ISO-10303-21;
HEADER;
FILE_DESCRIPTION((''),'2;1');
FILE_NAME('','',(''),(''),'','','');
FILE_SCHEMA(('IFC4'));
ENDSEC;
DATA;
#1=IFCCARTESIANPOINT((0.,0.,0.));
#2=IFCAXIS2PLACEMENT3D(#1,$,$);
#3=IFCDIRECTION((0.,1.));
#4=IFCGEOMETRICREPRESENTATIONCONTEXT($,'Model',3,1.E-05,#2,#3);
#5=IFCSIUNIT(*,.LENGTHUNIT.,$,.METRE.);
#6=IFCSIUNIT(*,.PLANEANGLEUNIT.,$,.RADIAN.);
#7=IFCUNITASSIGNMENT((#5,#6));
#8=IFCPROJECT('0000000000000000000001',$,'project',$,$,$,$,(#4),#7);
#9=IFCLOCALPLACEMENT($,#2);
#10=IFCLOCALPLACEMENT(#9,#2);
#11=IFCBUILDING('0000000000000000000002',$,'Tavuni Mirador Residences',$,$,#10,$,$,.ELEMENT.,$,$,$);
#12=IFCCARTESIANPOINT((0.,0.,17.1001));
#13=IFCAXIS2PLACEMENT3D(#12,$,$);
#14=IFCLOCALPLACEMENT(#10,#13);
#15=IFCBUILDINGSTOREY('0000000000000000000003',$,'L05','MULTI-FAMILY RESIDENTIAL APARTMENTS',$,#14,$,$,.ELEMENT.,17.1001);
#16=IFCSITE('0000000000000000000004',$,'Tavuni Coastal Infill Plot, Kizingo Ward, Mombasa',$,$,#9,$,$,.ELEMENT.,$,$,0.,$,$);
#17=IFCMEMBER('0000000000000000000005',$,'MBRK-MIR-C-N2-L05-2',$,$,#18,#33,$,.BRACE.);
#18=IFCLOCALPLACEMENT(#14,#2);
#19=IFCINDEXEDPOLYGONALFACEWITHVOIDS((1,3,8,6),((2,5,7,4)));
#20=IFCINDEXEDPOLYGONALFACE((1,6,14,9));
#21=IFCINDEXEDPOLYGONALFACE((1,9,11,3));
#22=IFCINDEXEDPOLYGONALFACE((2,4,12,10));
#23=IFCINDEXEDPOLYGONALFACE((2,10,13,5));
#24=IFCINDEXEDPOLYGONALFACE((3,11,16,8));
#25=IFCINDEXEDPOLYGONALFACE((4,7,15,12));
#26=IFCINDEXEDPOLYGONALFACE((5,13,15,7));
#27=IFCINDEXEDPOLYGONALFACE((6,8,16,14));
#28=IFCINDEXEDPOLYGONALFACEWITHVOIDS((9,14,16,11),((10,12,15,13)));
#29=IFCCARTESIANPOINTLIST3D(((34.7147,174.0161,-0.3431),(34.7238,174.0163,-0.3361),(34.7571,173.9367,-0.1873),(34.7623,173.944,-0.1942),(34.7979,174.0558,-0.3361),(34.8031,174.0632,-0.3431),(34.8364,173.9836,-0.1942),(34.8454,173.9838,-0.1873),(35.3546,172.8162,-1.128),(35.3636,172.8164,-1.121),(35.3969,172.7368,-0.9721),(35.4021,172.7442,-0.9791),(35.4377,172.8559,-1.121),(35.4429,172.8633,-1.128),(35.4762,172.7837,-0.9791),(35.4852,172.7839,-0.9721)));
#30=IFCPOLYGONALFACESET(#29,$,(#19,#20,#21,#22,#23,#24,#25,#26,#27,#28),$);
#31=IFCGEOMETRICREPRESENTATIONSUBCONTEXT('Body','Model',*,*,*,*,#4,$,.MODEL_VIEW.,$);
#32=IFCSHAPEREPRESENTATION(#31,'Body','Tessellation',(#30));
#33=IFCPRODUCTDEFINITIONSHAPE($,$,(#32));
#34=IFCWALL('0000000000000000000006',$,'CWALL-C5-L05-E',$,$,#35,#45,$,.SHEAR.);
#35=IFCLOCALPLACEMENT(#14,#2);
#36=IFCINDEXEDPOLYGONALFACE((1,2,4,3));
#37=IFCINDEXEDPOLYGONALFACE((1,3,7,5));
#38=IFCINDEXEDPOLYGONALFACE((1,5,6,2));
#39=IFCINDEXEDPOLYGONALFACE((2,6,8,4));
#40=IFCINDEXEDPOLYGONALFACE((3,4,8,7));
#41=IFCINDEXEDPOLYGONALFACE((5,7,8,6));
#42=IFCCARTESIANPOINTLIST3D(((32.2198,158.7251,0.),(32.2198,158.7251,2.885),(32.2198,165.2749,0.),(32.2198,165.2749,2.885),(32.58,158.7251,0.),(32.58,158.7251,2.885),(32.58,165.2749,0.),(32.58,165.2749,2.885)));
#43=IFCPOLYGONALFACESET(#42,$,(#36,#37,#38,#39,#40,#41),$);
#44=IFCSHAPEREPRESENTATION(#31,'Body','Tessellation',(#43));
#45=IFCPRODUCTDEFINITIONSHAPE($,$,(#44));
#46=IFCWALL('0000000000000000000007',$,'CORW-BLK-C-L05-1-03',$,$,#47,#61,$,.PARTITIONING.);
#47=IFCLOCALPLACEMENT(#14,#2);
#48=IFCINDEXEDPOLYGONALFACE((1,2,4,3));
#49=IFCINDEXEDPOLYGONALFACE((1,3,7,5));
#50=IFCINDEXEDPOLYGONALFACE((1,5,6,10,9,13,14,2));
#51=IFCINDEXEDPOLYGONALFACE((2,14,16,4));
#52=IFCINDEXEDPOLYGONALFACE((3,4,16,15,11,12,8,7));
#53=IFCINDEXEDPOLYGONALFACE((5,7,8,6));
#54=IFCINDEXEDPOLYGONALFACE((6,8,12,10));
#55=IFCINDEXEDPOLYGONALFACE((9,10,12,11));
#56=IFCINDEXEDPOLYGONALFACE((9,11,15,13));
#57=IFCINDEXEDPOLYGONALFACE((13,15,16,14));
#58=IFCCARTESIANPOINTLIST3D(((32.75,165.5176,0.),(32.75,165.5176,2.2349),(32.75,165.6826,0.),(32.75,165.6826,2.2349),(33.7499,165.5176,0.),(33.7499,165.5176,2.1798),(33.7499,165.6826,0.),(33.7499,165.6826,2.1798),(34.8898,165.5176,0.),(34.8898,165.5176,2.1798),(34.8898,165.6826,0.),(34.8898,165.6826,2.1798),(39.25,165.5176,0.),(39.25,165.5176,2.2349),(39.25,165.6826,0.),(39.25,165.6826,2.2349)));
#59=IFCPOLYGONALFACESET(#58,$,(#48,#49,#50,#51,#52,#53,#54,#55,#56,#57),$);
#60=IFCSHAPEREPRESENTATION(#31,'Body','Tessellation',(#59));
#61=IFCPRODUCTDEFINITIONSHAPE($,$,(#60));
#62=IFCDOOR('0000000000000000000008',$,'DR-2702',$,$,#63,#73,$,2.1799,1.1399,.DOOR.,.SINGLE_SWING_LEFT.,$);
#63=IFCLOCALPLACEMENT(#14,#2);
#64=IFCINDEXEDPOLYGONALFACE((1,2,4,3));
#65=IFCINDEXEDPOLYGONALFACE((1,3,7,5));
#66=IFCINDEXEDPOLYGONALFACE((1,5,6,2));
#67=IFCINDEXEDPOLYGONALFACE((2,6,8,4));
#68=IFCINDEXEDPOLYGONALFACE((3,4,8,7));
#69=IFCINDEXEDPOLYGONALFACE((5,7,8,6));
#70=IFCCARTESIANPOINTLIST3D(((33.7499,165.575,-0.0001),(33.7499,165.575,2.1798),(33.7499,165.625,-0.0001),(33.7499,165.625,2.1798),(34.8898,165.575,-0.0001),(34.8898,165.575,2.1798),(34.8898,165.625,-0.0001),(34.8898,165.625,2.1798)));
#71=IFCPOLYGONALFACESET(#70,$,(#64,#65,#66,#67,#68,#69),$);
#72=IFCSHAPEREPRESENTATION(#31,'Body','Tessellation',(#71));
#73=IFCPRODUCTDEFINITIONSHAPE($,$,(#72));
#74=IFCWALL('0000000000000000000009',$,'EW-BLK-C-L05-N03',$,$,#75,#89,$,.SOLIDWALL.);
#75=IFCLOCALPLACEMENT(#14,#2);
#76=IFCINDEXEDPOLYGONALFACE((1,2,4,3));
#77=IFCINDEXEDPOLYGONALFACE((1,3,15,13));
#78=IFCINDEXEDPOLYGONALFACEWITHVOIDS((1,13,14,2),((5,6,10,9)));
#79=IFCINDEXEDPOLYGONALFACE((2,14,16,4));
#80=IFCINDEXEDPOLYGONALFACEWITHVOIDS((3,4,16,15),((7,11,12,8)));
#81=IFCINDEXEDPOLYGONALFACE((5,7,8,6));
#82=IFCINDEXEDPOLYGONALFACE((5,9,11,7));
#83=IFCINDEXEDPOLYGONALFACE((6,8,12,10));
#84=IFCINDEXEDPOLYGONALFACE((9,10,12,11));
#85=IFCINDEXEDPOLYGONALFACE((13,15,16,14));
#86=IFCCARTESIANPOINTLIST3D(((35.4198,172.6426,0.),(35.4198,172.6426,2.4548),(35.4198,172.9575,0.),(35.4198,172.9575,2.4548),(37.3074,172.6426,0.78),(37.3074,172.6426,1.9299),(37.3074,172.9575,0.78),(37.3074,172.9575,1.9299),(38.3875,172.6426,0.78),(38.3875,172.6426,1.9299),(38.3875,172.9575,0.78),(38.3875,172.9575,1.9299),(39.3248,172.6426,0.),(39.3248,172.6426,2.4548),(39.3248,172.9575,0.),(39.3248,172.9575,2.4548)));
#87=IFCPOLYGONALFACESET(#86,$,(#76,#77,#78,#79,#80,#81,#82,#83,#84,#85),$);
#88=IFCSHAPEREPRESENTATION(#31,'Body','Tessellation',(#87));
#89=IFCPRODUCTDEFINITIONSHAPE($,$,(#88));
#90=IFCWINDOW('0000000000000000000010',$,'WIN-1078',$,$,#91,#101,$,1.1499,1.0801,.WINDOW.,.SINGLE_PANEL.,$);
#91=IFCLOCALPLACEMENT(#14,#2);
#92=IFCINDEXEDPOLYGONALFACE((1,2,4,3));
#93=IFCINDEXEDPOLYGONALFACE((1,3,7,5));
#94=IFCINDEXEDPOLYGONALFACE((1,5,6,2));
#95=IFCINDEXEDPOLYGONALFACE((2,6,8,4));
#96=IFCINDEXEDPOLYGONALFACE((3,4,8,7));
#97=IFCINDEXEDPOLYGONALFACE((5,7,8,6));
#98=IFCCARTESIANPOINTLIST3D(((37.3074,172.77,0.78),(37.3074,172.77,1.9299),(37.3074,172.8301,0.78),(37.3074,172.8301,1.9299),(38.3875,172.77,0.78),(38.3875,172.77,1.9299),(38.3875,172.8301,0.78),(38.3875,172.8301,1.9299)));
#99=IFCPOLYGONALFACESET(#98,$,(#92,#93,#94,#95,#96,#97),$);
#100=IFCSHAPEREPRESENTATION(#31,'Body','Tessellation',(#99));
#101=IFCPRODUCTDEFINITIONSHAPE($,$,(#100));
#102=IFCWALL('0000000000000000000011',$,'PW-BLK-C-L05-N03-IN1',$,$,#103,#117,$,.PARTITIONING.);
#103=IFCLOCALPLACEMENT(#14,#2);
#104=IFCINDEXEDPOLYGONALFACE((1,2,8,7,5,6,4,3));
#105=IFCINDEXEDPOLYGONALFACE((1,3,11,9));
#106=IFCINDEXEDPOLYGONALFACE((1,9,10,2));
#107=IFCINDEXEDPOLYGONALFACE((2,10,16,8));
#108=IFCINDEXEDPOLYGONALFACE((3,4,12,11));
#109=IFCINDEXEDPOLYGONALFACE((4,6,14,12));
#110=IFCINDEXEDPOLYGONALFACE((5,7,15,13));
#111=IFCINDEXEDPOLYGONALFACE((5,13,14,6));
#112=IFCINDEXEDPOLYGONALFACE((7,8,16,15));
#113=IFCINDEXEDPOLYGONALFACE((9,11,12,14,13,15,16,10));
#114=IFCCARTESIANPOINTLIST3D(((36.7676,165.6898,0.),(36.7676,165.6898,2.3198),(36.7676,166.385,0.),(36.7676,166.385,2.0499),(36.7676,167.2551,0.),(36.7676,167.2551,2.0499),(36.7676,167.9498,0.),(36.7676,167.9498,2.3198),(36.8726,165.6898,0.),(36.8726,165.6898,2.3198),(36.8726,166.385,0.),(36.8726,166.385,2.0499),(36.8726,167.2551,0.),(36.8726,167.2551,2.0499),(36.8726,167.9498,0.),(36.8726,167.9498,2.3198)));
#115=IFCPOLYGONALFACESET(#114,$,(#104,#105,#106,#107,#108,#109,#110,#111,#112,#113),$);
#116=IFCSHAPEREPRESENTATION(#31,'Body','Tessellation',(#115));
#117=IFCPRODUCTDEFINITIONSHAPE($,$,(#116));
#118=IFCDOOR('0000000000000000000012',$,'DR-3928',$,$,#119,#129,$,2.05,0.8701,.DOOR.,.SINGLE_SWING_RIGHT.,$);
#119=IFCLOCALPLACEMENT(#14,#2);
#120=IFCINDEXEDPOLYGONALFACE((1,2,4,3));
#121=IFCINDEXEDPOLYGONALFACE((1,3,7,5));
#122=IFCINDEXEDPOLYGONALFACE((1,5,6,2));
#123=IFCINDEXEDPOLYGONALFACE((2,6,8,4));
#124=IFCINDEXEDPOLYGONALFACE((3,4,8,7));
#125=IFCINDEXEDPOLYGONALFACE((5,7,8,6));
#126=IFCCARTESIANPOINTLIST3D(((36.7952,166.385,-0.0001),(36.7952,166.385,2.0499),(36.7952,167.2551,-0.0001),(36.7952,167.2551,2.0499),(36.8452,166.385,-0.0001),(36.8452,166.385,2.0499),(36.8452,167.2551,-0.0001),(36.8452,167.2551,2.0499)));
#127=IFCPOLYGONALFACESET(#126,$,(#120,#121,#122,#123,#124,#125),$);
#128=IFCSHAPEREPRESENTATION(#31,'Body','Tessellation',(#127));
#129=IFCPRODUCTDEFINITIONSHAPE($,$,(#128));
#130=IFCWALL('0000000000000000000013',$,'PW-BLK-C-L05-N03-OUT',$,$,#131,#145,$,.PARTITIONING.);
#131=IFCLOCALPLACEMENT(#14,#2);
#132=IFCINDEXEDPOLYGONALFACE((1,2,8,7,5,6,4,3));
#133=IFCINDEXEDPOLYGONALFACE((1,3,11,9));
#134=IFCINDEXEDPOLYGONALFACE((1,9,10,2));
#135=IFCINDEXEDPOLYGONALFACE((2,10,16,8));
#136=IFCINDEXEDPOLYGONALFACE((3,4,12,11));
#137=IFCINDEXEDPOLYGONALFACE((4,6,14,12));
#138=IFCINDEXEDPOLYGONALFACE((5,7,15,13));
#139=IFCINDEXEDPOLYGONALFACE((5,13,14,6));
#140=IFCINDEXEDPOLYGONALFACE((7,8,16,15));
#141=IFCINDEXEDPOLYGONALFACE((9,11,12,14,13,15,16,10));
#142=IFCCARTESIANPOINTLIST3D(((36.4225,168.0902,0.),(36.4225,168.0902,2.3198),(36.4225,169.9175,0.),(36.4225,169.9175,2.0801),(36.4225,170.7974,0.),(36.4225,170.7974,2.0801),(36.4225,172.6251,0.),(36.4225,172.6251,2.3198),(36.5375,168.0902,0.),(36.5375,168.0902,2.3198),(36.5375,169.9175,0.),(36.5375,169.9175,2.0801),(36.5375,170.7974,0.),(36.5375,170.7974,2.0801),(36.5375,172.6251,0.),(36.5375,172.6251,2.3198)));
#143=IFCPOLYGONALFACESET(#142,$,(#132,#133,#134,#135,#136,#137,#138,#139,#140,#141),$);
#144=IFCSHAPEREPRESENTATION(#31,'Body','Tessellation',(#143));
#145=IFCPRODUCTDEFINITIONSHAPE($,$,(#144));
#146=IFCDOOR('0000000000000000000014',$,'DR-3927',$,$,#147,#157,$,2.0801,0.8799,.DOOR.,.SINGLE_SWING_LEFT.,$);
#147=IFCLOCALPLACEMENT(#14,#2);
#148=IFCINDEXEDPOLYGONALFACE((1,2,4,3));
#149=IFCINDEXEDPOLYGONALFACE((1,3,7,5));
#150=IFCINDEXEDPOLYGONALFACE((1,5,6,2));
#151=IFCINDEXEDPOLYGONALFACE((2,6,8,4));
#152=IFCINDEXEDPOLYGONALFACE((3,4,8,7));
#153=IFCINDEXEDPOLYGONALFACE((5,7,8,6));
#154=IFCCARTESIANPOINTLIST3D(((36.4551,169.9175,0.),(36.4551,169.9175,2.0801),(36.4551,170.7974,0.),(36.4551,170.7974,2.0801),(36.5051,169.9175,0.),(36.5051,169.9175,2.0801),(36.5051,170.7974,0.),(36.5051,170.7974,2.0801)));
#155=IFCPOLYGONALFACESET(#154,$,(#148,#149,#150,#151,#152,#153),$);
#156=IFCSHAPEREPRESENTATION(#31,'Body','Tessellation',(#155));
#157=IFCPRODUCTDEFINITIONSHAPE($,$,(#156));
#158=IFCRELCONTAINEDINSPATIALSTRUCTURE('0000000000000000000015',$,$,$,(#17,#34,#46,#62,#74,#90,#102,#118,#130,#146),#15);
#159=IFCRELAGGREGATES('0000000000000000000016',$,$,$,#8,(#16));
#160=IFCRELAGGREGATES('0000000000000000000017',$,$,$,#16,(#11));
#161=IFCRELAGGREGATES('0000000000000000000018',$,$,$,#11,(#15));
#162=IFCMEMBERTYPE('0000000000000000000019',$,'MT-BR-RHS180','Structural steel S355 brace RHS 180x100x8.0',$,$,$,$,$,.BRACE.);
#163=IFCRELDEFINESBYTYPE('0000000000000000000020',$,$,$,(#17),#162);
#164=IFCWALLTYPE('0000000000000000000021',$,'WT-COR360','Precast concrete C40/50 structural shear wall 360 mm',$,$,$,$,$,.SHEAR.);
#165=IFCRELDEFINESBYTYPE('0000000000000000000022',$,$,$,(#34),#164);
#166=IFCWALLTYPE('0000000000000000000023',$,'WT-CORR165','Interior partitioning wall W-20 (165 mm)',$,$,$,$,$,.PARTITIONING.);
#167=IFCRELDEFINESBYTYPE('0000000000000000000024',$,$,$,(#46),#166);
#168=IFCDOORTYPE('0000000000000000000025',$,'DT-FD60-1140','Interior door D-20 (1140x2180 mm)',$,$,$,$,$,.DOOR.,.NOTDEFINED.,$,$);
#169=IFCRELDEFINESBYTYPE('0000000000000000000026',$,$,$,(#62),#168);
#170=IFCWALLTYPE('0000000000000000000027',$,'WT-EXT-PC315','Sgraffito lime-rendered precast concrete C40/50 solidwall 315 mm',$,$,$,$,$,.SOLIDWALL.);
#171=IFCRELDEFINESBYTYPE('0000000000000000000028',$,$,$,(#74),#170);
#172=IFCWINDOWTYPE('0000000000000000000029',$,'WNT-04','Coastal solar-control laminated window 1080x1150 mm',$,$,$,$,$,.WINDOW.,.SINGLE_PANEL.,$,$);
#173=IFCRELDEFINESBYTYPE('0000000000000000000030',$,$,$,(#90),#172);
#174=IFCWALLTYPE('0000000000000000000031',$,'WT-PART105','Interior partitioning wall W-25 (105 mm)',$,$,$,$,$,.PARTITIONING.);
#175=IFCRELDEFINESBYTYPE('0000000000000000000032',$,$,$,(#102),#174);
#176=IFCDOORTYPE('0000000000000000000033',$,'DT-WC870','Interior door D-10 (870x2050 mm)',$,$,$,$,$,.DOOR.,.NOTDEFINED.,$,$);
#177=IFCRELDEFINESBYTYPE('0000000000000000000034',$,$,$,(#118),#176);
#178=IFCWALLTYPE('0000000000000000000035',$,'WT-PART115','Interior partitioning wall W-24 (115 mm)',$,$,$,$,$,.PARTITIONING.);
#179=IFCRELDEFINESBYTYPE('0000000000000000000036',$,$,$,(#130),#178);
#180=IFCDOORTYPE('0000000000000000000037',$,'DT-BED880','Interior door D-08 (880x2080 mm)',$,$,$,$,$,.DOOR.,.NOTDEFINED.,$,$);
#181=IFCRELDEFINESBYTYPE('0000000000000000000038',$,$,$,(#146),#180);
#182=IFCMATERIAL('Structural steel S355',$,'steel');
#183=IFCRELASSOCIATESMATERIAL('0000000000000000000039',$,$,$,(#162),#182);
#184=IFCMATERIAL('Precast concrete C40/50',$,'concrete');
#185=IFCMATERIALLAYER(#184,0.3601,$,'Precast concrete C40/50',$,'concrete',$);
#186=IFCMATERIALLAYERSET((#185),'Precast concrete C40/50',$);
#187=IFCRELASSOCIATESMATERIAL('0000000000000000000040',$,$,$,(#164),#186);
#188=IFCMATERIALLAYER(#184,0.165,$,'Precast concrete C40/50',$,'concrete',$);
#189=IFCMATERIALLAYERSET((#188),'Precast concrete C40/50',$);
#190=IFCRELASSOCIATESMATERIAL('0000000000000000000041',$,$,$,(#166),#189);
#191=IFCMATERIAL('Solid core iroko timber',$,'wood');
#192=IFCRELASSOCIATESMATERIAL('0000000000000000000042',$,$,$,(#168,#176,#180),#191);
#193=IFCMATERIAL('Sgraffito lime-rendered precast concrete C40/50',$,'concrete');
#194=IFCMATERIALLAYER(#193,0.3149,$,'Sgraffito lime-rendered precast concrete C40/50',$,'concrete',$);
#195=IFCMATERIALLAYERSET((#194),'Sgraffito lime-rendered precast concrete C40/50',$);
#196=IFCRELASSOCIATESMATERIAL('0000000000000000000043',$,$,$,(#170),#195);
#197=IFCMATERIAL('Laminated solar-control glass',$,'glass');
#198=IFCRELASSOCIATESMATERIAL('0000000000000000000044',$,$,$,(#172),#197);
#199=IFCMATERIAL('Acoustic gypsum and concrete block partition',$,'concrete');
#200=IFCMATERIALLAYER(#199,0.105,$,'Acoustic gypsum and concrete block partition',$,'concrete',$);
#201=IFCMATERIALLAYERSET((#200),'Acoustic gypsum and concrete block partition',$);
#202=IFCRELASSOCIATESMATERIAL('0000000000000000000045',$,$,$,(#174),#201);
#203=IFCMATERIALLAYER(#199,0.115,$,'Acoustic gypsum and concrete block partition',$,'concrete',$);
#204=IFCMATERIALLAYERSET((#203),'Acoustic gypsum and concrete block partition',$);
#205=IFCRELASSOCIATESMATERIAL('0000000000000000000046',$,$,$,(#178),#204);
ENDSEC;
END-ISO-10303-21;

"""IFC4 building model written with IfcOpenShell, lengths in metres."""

from ifc_helpers import new_model, si_unit, direction, frame, frame_2d, origin, origin_2d, place, context, subcontext, project, spatial, rectangle, hollow_rectangle, extrude, material, layer, layer_set, material_profile, profile_set, type_object, element, fill, save


model = new_model("IFC4")

# Units and contexts
model_context = context("Model", 3, precision=1e-05, world=origin(), true_north=direction((0.0, 1.0)))
body_context = subcontext(model_context, "Body", "Model", "MODEL_VIEW")
ifc_project = project(units=[si_unit("LENGTHUNIT", "METRE"), si_unit("PLANEANGLEUNIT", "RADIAN")], contexts=[model_context])

# Site, building, storey
site_placement = place(None, origin())
site = spatial("IfcSite", under=ifc_project, at=site_placement, Name="Tavuni Coastal Infill Plot, Kizingo Ward, Mombasa", CompositionType="ELEMENT", RefElevation=0.0)
building_placement = place(site_placement, origin())
building = spatial("IfcBuilding", under=site, at=building_placement, Name="Tavuni Mirador Residences", CompositionType="ELEMENT")
storey_placement = place(building_placement, frame((0.0, 0.0, 17.1001)))
storey = spatial("IfcBuildingStorey", under=building, at=storey_placement, Name="L05", Description="MULTI-FAMILY RESIDENTIAL APARTMENTS", CompositionType="ELEMENT", Elevation=17.1001)

# Shared definitions
ifc_material_1 = material(Name="Precast concrete C40/50", Category="concrete")

# Member
ifc_material_2 = material(Name="Structural steel S355", Category="steel")
ifc_material_profile_1 = material_profile(ifc_material_2, hollow_rectangle(XDim=0.1001, YDim=0.1799, WallThickness=0.0081, at=origin_2d()), Name="RHS 180x100x8.0", Category="steel")
ifc_profile_set_1 = profile_set([ifc_material_profile_1], Name="Structural steel S355")
member_type_1 = type_object("IfcMemberType", Name="MT-BR-RHS180", Description="Structural steel S355 brace RHS 180x100x8.0", PredefinedType="BRACE", material=ifc_profile_set_1)
member_1_placement = place(storey_placement, frame((35.4199, 172.8, -1.05), z_axis=(-0.407531, 0.764218, 0.49989), x_axis=(-0.882378, -0.470542, 0.0)))
element("IfcMember", 1, at=member_1_placement, inside=storey, type_object=member_type_1, Name="MBRK-MIR-C-N2-L05-2", PredefinedType="BRACE", context=body_context, shape_type="SweptSolid", body=[
    extrude(hollow_rectangle(XDim=0.1001, YDim=0.1799, WallThickness=0.0081, at=origin_2d()), origin(), (0.0, 0.0, 1.0), 1.5701),
])

# Wall
ifc_layer_1 = layer(ifc_material_1, 0.3601, Name="Precast concrete C40/50", Category="concrete")
ifc_layer_set_1 = layer_set([ifc_layer_1], Name="Precast concrete C40/50")
wall_type_1 = type_object("IfcWallType", Name="WT-COR360", Description="Precast concrete C40/50 structural shear wall 360 mm", PredefinedType="SHEAR", material=ifc_layer_set_1)
wall_1_placement = place(storey_placement, frame((32.3999, 158.7251, 0.0), z_axis=(0.0, 0.0, 1.0), x_axis=(0.0, 1.0, 0.0)))
element("IfcWall", 2, at=wall_1_placement, inside=storey, type_object=wall_type_1, Name="CWALL-C5-L05-E", PredefinedType="SHEAR", context=body_context, shape_type="SweptSolid", body=[
    extrude(rectangle(XDim=6.5498, YDim=0.3601, at=frame_2d((3.2749, 0.0))), origin(), (0.0, 0.0, 1.0), 2.885),
])

# Wall, opening, door
ifc_layer_2 = layer(ifc_material_1, 0.165, Name="Precast concrete C40/50", Category="concrete")
ifc_layer_set_2 = layer_set([ifc_layer_2], Name="Precast concrete C40/50")
wall_type_2 = type_object("IfcWallType", Name="WT-CORR165", Description="Interior partitioning wall W-20 (165 mm)", PredefinedType="PARTITIONING", material=ifc_layer_set_2)
wall_2_placement = place(storey_placement, frame((32.75, 165.6001, 0.0), z_axis=(0.0, 0.0, 1.0), x_axis=(1.0, 0.0, 0.0)))
wall_2 = element("IfcWall", 3, at=wall_2_placement, inside=storey, type_object=wall_type_2, Name="CORW-BLK-C-L05-1-03", PredefinedType="PARTITIONING", context=body_context, shape_type="SweptSolid", body=[
    extrude(rectangle(XDim=6.5, YDim=0.165, at=frame_2d((3.25, 0.0))), origin(), (0.0, 0.0, 1.0), 2.2349),
])
opening_1_placement = place(wall_2_placement, frame((1.0, 0.0, 0.0)))
opening_1 = element("IfcOpeningElement", 4, at=opening_1_placement, cuts=wall_2, PredefinedType="OPENING", context=body_context, shape_type="SweptSolid", body=[
    extrude(rectangle(XDim=1.1399, YDim=2.1799, at=frame_2d((0.5698, 1.0898))), frame((0.0, 0.0925, 0.0), z_axis=(0.0, -1.0, 0.0), x_axis=(1.0, 0.0, 0.0)), (0.0, 0.0, 1.0), 0.1851),
])
ifc_material_3 = material(Name="Solid core iroko timber", Category="wood")
door_type_1 = type_object("IfcDoorType", Name="DT-FD60-1140", Description="Interior door D-20 (1140x2180 mm)", OperationType="NOTDEFINED", PredefinedType="DOOR", material=ifc_material_3)
door_1_placement = place(opening_1_placement, origin())
door_1 = element("IfcDoor", 5, at=door_1_placement, inside=storey, type_object=door_type_1, Name="DR-2702", OperationType="SINGLE_SWING_LEFT", OverallHeight=2.1799, OverallWidth=1.1399, PredefinedType="DOOR", context=body_context, shape_type="SweptSolid", body=[
    extrude(rectangle(XDim=1.1399, YDim=2.1799, at=frame_2d((0.5698, 1.0898))), frame((0.0, 0.0249, 0.0), z_axis=(0.0, -1.0, 0.0), x_axis=(1.0, 0.0, 0.0)), (0.0, 0.0, 1.0), 0.05),
])
fill(opening_1, door_1)

# Wall, opening, window
ifc_material_4 = material(Name="Sgraffito lime-rendered precast concrete C40/50", Category="concrete")
ifc_layer_3 = layer(ifc_material_4, 0.3149, Name="Sgraffito lime-rendered precast concrete C40/50", Category="concrete")
ifc_layer_set_3 = layer_set([ifc_layer_3], Name="Sgraffito lime-rendered precast concrete C40/50")
wall_type_3 = type_object("IfcWallType", Name="WT-EXT-PC315", Description="Sgraffito lime-rendered precast concrete C40/50 solidwall 315 mm", PredefinedType="SOLIDWALL", material=ifc_layer_set_3)
wall_3_placement = place(storey_placement, frame((39.325, 172.8, 0.0), z_axis=(0.0, 0.0, 1.0), x_axis=(-1.0, 0.0, 0.0)))
wall_3 = element("IfcWall", 6, at=wall_3_placement, inside=storey, type_object=wall_type_3, Name="EW-BLK-C-L05-N03", PredefinedType="SOLIDWALL", context=body_context, shape_type="SweptSolid", body=[
    extrude(rectangle(XDim=3.905, YDim=0.3149, at=frame_2d((1.9526, 0.0))), origin(), (0.0, 0.0, 1.0), 2.4548),
])
opening_2_placement = place(wall_3_placement, frame((0.9375, 0.0, 0.78)))
opening_2 = element("IfcOpeningElement", 7, at=opening_2_placement, cuts=wall_3, PredefinedType="OPENING", context=body_context, shape_type="SweptSolid", body=[
    extrude(rectangle(XDim=1.0801, YDim=1.1499, at=frame_2d((0.54, 0.575))), frame((0.0, 0.1675, 0.0), z_axis=(0.0, -1.0, 0.0), x_axis=(1.0, 0.0, 0.0)), (0.0, 0.0, 1.0), 0.335),
])
ifc_material_5 = material(Name="Laminated solar-control glass", Category="glass")
window_type = type_object("IfcWindowType", Name="WNT-04", Description="Coastal solar-control laminated window 1080x1150 mm", PartitioningType="SINGLE_PANEL", PredefinedType="WINDOW", material=ifc_material_5)
window_placement = place(opening_2_placement, origin())
window = element("IfcWindow", 8, at=window_placement, inside=storey, type_object=window_type, Name="WIN-1078", OverallHeight=1.1499, OverallWidth=1.0801, PartitioningType="SINGLE_PANEL", PredefinedType="WINDOW", context=body_context, shape_type="SweptSolid", body=[
    extrude(rectangle(XDim=1.0801, YDim=1.1499, at=frame_2d((0.54, 0.575))), frame((0.0, 0.03, 0.0), z_axis=(0.0, -1.0, 0.0), x_axis=(1.0, 0.0, 0.0)), (0.0, 0.0, 1.0), 0.0601),
])
fill(opening_2, window)

# Walls, openings, doors
ifc_material_6 = material(Name="Acoustic gypsum and concrete block partition", Category="concrete")
ifc_layer_4 = layer(ifc_material_6, 0.105, Name="Acoustic gypsum and concrete block partition", Category="concrete")
ifc_layer_set_4 = layer_set([ifc_layer_4], Name="Acoustic gypsum and concrete block partition")
wall_type_4 = type_object("IfcWallType", Name="WT-PART105", Description="Interior partitioning wall W-25 (105 mm)", PredefinedType="PARTITIONING", material=ifc_layer_set_4)
wall_4_placement = place(storey_placement, frame((36.8201, 165.6899, 0.0), z_axis=(0.0, 0.0, 1.0), x_axis=(0.0, 1.0, 0.0)))
wall_4 = element("IfcWall", 9, at=wall_4_placement, inside=storey, type_object=wall_type_4, Name="PW-BLK-C-L05-N03-IN1", PredefinedType="PARTITIONING", context=body_context, shape_type="SweptSolid", body=[
    extrude(rectangle(XDim=2.26, YDim=0.105, at=frame_2d((1.1299, 0.0))), origin(), (0.0, 0.0, 1.0), 2.3198),
])
opening_3_placement = place(wall_4_placement, frame((0.6951, 0.0, 0.0)))
opening_3 = element("IfcOpeningElement", 10, at=opening_3_placement, cuts=wall_4, PredefinedType="OPENING", context=body_context, shape_type="SweptSolid", body=[
    extrude(rectangle(XDim=0.8701, YDim=2.05, at=frame_2d((0.4351, 1.0249))), frame((0.0, 0.0625, 0.0), z_axis=(0.0, -1.0, 0.0), x_axis=(1.0, 0.0, 0.0)), (0.0, 0.0, 1.0), 0.125),
])
door_type_2 = type_object("IfcDoorType", Name="DT-WC870", Description="Interior door D-10 (870x2050 mm)", OperationType="NOTDEFINED", PredefinedType="DOOR", material=ifc_material_3)
door_2_placement = place(opening_3_placement, origin())
door_2 = element("IfcDoor", 11, at=door_2_placement, inside=storey, type_object=door_type_2, Name="DR-3928", OperationType="SINGLE_SWING_RIGHT", OverallHeight=2.05, OverallWidth=0.8701, PredefinedType="DOOR", context=body_context, shape_type="SweptSolid", body=[
    extrude(rectangle(XDim=0.8701, YDim=2.05, at=frame_2d((0.4351, 1.0249))), frame((0.0, 0.0249, 0.0), z_axis=(0.0, -1.0, 0.0), x_axis=(1.0, 0.0, 0.0)), (0.0, 0.0, 1.0), 0.05),
])
fill(opening_3, door_2)
ifc_layer_5 = layer(ifc_material_6, 0.115, Name="Acoustic gypsum and concrete block partition", Category="concrete")
ifc_layer_set_5 = layer_set([ifc_layer_5], Name="Acoustic gypsum and concrete block partition")
wall_type_5 = type_object("IfcWallType", Name="WT-PART115", Description="Interior partitioning wall W-24 (115 mm)", PredefinedType="PARTITIONING", material=ifc_layer_set_5)
wall_5_placement = place(storey_placement, frame((36.48, 168.0901, 0.0), z_axis=(0.0, 0.0, 1.0), x_axis=(0.0, 1.0, 0.0)))
wall_5 = element("IfcWall", 12, at=wall_5_placement, inside=storey, type_object=wall_type_5, Name="PW-BLK-C-L05-N03-OUT", PredefinedType="PARTITIONING", context=body_context, shape_type="SweptSolid", body=[
    extrude(rectangle(XDim=4.5349, YDim=0.115, at=frame_2d((2.2676, 0.0))), origin(), (0.0, 0.0, 1.0), 2.3198),
])
opening_4_placement = place(wall_5_placement, frame((1.8274, 0.0, 0.0)))
opening_4 = element("IfcOpeningElement", 13, at=opening_4_placement, cuts=wall_5, PredefinedType="OPENING", context=body_context, shape_type="SweptSolid", body=[
    extrude(rectangle(XDim=0.8799, YDim=2.0801, at=frame_2d((0.4399, 1.04))), frame((0.0, 0.0674, 0.0), z_axis=(0.0, -1.0, 0.0), x_axis=(1.0, 0.0, 0.0)), (0.0, 0.0, 1.0), 0.135),
])
door_type_3 = type_object("IfcDoorType", Name="DT-BED880", Description="Interior door D-08 (880x2080 mm)", OperationType="NOTDEFINED", PredefinedType="DOOR", material=ifc_material_3)
door_3_placement = place(opening_4_placement, origin())
door_3 = element("IfcDoor", 14, at=door_3_placement, inside=storey, type_object=door_type_3, Name="DR-3927", OperationType="SINGLE_SWING_LEFT", OverallHeight=2.0801, OverallWidth=0.8799, PredefinedType="DOOR", context=body_context, shape_type="SweptSolid", body=[
    extrude(rectangle(XDim=0.8799, YDim=2.0801, at=frame_2d((0.4399, 1.04))), frame((0.0, 0.0249, 0.0), z_axis=(0.0, -1.0, 0.0), x_axis=(1.0, 0.0, 0.0)), (0.0, 0.0, 1.0), 0.05),
])
fill(opening_4, door_3)

save(model, "model.ifc")
